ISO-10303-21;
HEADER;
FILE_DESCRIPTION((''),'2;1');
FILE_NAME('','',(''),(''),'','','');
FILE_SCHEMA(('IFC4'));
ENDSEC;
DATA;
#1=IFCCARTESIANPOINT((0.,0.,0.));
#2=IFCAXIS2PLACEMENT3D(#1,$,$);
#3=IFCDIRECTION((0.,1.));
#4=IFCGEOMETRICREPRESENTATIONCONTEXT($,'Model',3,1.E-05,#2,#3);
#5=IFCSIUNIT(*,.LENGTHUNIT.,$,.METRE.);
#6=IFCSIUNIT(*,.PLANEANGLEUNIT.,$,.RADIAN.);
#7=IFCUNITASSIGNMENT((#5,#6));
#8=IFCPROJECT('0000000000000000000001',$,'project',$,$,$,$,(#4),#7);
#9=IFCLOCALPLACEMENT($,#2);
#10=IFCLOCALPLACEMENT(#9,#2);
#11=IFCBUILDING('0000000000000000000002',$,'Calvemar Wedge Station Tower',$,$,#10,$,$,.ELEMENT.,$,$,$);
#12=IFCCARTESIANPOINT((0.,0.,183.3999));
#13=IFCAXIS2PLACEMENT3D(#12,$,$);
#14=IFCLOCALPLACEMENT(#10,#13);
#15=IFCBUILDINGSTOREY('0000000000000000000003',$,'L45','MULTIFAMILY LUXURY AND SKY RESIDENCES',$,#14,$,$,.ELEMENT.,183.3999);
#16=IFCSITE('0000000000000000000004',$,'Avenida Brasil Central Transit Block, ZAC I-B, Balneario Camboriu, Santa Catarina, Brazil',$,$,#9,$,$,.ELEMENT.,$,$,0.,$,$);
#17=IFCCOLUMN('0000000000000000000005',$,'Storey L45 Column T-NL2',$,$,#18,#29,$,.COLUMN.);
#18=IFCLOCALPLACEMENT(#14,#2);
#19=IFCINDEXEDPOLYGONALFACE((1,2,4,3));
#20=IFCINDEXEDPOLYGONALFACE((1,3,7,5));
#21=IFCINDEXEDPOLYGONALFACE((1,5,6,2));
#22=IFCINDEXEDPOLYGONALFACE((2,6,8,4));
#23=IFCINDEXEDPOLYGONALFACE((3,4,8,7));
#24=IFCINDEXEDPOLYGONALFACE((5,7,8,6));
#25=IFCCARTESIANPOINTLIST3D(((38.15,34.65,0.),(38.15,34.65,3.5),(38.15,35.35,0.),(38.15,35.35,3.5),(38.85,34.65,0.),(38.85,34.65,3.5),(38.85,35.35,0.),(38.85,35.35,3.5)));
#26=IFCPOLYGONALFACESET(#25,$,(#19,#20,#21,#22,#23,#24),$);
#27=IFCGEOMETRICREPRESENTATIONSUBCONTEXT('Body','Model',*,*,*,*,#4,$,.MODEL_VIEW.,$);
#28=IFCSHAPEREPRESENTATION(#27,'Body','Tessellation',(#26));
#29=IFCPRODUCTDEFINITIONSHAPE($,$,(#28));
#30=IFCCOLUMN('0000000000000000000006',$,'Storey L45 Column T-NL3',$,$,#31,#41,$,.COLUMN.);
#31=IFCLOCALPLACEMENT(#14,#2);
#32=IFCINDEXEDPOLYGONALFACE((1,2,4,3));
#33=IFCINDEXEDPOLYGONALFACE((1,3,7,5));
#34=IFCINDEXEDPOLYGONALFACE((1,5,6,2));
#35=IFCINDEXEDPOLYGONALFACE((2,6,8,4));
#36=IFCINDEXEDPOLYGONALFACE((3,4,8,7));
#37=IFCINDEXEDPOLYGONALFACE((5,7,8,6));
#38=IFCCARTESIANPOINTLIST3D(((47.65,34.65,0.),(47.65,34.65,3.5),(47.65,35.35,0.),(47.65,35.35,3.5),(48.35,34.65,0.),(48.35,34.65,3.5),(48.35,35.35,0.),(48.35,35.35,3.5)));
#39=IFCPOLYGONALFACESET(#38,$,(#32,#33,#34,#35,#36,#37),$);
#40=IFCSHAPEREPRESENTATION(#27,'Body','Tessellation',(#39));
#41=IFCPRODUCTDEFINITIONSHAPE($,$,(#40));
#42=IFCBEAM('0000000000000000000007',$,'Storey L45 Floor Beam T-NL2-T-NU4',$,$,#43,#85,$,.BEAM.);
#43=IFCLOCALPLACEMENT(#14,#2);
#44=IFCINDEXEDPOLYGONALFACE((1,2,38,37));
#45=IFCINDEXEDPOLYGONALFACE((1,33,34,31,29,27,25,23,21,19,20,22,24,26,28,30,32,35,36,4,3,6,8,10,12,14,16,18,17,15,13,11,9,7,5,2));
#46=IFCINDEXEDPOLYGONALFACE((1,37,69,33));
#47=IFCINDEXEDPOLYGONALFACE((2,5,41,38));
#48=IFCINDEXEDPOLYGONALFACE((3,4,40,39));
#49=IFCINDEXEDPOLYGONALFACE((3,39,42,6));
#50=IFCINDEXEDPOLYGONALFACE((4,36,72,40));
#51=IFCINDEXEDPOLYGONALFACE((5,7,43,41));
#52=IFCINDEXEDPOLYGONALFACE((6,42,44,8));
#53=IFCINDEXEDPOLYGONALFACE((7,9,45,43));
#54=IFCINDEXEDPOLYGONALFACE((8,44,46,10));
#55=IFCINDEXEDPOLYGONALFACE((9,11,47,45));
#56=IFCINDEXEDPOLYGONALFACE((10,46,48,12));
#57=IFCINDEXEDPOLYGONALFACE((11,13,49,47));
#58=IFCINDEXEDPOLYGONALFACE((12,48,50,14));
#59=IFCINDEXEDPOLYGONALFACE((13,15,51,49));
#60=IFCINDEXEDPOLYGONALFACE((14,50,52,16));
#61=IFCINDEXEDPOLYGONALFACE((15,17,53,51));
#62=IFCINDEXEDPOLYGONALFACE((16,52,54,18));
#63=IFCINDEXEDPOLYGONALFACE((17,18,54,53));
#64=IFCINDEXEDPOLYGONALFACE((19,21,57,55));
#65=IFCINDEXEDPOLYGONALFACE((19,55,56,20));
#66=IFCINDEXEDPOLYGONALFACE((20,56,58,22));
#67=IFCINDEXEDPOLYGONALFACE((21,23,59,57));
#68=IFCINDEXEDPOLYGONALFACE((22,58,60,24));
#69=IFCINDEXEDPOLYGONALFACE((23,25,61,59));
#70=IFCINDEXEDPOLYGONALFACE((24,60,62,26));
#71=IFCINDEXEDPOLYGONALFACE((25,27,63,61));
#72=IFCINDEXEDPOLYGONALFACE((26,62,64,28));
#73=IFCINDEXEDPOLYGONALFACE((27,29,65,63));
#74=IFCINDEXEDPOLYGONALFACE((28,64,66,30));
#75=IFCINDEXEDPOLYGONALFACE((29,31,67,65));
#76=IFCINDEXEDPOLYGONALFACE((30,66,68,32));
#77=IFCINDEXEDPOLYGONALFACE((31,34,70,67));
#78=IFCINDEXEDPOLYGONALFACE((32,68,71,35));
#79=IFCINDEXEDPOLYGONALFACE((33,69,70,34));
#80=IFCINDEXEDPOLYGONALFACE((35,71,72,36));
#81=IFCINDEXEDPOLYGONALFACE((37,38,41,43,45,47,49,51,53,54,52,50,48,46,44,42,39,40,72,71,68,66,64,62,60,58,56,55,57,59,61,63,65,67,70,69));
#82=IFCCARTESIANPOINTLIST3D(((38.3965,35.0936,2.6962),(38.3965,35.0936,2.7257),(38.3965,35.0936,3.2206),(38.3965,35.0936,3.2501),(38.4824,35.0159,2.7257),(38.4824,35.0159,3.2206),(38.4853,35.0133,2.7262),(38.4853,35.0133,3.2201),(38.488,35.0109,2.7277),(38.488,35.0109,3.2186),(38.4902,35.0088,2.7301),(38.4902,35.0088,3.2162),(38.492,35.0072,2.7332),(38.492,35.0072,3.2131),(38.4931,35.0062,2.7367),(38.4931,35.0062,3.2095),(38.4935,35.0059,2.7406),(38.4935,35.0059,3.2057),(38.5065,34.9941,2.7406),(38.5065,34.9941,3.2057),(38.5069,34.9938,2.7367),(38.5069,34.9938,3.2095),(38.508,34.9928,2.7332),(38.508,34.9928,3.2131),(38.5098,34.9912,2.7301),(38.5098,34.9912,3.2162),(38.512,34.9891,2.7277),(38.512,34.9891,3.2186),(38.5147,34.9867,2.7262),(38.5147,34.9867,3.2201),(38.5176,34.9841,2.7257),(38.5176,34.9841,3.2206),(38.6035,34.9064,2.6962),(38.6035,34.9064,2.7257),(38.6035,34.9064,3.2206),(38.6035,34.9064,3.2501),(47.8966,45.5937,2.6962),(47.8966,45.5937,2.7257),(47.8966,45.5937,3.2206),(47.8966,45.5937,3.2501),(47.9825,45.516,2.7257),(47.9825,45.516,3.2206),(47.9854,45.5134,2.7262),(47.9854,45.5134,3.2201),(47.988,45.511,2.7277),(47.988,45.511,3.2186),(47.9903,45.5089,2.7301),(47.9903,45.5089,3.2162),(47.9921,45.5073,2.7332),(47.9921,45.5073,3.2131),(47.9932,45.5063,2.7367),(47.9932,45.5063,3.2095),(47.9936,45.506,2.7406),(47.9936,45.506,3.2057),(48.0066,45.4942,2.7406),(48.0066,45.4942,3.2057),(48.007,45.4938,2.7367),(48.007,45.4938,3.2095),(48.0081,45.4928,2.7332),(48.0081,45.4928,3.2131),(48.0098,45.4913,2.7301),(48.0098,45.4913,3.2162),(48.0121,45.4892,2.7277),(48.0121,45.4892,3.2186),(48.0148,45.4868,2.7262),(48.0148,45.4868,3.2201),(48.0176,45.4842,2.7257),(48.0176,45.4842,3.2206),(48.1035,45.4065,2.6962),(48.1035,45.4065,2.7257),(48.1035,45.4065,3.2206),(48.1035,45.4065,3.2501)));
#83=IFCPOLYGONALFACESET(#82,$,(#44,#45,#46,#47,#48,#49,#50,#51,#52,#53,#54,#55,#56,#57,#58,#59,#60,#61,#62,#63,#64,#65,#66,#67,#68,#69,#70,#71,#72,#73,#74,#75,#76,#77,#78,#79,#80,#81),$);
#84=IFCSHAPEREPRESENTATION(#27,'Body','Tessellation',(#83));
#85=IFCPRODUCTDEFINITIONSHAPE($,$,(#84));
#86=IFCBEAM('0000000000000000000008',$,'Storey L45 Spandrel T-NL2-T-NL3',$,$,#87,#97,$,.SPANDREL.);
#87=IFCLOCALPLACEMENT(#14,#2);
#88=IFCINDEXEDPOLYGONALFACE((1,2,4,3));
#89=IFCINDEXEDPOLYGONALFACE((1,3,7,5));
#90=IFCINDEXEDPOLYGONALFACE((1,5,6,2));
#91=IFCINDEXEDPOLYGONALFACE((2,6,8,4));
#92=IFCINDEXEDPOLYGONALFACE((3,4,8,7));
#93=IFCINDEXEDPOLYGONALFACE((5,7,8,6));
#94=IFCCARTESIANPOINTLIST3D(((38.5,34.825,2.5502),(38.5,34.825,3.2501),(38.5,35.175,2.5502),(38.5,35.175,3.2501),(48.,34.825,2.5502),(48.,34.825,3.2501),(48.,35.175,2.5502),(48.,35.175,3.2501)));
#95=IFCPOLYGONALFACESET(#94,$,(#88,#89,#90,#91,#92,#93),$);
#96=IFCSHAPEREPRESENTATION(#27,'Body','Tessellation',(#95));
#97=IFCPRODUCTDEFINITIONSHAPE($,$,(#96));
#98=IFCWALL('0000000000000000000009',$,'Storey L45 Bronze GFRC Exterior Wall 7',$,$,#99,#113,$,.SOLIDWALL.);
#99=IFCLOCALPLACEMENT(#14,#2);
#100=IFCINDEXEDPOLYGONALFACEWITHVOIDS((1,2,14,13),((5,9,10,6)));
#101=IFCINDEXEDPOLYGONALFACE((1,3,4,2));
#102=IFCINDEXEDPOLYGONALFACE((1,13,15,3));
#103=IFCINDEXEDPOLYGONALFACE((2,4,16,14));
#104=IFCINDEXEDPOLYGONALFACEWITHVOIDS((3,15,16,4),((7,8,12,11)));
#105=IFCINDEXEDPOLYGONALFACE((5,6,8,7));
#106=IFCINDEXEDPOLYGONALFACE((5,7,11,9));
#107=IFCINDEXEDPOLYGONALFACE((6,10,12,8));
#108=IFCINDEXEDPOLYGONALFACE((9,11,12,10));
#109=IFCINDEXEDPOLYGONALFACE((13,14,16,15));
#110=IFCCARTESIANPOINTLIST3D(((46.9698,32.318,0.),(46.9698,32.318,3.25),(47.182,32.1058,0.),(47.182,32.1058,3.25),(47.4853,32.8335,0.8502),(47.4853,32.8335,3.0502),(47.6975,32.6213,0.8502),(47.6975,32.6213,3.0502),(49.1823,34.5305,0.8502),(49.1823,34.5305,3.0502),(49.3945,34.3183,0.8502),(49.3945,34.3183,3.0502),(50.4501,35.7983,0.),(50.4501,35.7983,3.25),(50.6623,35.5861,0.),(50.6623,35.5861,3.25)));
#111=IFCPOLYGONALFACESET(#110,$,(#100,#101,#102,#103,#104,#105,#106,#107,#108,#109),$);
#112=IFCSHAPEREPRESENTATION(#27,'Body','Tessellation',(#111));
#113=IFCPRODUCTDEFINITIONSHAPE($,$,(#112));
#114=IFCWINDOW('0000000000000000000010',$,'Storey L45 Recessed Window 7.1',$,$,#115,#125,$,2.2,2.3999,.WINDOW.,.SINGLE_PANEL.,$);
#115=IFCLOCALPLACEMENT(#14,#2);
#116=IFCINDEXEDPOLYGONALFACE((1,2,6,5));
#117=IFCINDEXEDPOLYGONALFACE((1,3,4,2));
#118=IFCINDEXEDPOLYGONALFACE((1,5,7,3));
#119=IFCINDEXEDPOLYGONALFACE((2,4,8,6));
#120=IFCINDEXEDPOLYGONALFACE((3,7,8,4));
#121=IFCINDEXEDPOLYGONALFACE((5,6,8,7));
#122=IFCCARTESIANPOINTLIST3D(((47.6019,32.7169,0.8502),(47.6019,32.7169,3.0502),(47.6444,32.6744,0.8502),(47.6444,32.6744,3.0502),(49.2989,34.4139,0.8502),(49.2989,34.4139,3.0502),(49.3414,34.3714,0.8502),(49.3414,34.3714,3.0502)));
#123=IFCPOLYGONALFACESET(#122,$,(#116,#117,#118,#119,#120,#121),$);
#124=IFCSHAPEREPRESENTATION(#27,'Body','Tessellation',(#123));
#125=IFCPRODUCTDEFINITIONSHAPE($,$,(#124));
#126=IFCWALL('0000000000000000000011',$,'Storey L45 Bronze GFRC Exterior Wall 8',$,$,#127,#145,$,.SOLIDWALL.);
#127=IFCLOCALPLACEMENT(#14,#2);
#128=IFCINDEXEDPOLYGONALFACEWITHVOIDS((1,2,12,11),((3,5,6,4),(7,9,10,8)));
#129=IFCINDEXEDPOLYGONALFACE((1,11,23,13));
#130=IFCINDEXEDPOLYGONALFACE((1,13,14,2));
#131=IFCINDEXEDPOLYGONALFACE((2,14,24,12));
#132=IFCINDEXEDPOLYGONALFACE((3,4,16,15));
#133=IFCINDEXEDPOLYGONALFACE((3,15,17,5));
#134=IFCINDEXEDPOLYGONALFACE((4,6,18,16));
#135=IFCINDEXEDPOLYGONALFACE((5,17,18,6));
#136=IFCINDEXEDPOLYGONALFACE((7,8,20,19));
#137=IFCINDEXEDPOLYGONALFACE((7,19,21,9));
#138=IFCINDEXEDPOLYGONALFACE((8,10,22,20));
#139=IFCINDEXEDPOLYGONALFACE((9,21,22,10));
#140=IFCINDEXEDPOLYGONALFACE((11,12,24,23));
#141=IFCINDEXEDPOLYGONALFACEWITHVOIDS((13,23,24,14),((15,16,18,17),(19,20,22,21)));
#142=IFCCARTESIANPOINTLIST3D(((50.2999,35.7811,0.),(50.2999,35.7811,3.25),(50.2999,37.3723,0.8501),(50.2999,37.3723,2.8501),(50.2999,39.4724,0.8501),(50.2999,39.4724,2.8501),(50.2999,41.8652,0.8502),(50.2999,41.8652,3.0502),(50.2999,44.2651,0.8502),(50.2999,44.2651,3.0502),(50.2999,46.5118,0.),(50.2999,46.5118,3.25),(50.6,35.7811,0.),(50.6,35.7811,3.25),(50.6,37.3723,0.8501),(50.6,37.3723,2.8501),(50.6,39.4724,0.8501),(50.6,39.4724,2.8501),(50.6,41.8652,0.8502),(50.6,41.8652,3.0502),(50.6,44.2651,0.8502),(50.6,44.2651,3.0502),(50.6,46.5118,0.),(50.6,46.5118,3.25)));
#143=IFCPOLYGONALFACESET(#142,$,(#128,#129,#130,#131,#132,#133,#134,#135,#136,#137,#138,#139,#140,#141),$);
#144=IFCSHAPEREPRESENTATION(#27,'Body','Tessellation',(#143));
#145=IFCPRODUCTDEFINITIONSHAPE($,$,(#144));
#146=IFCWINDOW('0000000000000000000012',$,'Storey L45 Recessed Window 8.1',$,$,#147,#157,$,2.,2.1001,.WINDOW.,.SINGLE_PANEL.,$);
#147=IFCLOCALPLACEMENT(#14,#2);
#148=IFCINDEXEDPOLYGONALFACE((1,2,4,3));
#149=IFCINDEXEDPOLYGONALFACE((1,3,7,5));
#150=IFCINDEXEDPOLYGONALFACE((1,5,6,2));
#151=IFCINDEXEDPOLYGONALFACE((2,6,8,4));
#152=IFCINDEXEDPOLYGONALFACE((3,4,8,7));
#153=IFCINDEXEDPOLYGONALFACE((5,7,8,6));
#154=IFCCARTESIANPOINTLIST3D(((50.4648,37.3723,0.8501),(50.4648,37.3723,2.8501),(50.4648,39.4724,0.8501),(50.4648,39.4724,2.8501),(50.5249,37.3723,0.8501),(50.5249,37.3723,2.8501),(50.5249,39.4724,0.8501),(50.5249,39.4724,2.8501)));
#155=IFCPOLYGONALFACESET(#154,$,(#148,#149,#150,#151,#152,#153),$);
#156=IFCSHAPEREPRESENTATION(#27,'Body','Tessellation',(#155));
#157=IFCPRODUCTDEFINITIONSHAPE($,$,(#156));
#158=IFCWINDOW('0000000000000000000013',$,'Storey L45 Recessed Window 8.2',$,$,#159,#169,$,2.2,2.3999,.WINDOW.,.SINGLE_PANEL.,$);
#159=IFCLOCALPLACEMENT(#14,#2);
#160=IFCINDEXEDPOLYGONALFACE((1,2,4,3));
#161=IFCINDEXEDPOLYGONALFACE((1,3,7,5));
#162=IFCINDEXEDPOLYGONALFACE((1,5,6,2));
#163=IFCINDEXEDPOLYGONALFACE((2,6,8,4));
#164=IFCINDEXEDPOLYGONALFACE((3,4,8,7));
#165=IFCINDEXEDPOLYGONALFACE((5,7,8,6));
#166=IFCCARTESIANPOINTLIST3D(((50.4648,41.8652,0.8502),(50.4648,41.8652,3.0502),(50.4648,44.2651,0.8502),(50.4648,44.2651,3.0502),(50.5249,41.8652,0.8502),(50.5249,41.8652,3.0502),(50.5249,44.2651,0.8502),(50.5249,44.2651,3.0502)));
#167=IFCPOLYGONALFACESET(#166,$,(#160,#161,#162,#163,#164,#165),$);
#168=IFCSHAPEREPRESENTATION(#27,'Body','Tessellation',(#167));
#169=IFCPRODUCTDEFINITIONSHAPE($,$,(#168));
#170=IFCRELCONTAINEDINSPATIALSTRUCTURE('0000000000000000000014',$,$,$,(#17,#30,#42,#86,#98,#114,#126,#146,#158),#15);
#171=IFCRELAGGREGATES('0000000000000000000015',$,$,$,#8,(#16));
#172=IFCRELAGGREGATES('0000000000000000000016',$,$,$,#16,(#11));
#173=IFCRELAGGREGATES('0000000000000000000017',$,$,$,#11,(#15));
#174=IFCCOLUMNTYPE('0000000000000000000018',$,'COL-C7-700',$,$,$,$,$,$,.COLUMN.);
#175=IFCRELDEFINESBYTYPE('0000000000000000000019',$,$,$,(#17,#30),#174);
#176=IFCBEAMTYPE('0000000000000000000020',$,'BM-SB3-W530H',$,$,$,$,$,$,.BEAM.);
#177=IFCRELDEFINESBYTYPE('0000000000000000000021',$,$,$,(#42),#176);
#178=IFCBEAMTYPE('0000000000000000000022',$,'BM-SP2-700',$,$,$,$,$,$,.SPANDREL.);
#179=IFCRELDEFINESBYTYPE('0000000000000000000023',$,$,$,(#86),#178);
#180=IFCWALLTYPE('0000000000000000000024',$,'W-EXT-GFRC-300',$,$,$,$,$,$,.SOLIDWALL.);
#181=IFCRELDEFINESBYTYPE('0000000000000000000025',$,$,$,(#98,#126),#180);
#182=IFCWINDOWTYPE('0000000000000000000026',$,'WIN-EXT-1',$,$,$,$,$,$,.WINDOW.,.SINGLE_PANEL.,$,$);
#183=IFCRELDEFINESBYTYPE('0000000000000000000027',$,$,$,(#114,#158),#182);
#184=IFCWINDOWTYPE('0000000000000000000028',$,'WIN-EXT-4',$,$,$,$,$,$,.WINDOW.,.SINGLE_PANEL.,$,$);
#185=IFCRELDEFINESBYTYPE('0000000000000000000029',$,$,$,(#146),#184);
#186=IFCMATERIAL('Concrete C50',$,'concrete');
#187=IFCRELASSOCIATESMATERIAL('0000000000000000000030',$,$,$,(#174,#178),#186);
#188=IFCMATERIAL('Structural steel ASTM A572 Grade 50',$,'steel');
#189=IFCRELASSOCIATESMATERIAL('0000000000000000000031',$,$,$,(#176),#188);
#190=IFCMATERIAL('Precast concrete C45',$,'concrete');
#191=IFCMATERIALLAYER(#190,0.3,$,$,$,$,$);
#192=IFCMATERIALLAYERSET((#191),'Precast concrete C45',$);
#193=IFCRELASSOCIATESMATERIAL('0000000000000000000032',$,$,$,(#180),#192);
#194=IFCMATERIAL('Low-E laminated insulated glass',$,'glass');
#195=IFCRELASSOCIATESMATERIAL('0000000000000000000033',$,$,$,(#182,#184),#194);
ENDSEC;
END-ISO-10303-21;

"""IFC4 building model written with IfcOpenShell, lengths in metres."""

from ifc_helpers import new_model, si_unit, direction, frame, frame_2d, origin, origin_2d, place, context, subcontext, project, spatial, rectangle, i_section, extrude, source, transform, mapped, material, layer, layer_set, material_profile, profile_set, type_object, element, fill, save


model = new_model("IFC4")

# Units and contexts
model_context = context("Model", 3, precision=1e-05, world=origin(), true_north=direction((0.0, 1.0)))
body_context = subcontext(model_context, "Body", "Model", "MODEL_VIEW")
ifc_project = project(units=[si_unit("LENGTHUNIT", "METRE"), si_unit("PLANEANGLEUNIT", "RADIAN")], contexts=[model_context])

# Site, building, storey
site_placement = place(None, origin())
site = spatial("IfcSite", under=ifc_project, at=site_placement, Name="Avenida Brasil Central Transit Block, ZAC I-B, Balneario Camboriu, Santa Catarina, Brazil", CompositionType="ELEMENT", RefElevation=0.0)
building_placement = place(site_placement, origin())
building = spatial("IfcBuilding", under=site, at=building_placement, Name="Calvemar Wedge Station Tower", CompositionType="ELEMENT")
storey_placement = place(building_placement, frame((0.0, 0.0, 183.3999)))
storey = spatial("IfcBuildingStorey", under=building, at=storey_placement, Name="L45", Description="MULTIFAMILY LUXURY AND SKY RESIDENCES", CompositionType="ELEMENT", Elevation=183.3999)

# Columns
ifc_material_1 = material(Name="Concrete C50", Category="concrete")
ifc_material_profile_1 = material_profile(ifc_material_1, rectangle(XDim=0.7, YDim=0.7, at=origin_2d()), Name="RC700x700")
ifc_profile_set_1 = profile_set([ifc_material_profile_1], Name="Concrete C50")
column_type = type_object("IfcColumnType", Name="COL-C7-700", PredefinedType="COLUMN", material=ifc_profile_set_1)
shared_shape_1 = source(origin(), body_context, "Body", "SweptSolid", [
    extrude(rectangle(XDim=0.7, YDim=0.7, at=origin_2d()), origin(), (0.0, 0.0, 1.0), 3.5),
])
for number, where, z_axis, x_axis, name in (
    (1, (38.5, 35.0, 0.0), (0.0, 0.0, 1.0), (1.0, 0.0, 0.0), "Storey L45 Column T-NL2"),
    (2, (48.0, 35.0, 0.0), (0.0, 0.0, 1.0), (1.0, 0.0, 0.0), "Storey L45 Column T-NL3"),
):
    element("IfcColumn", number, at=place(storey_placement, frame(where, z_axis=z_axis, x_axis=x_axis)), inside=storey, type_object=column_type, Name=name, PredefinedType="COLUMN", context=body_context, shape_type="MappedRepresentation", body=[
        mapped(shared_shape_1, transform((0.0, 0.0, 0.0), scale=1.0)),
    ])

# Beams
ifc_material_2 = material(Name="Structural steel ASTM A572 Grade 50", Category="steel")
ifc_material_profile_2 = material_profile(ifc_material_2, i_section(OverallWidth=0.2791, OverallDepth=0.554, WebThickness=0.0176, FlangeThickness=0.0295, FilletRadius=0.0149, at=origin_2d()), Name="W530x196")
ifc_profile_set_2 = profile_set([ifc_material_profile_2], Name="Structural steel ASTM A572 Grade 50")
beam_type_1 = type_object("IfcBeamType", Name="BM-SB3-W530H", PredefinedType="BEAM", material=ifc_profile_set_2)
shared_shape_2 = source(origin(), body_context, "Body", "SweptSolid", [
    extrude(i_section(OverallWidth=0.2791, OverallDepth=0.554, WebThickness=0.0176, FlangeThickness=0.0295, FilletRadius=0.0149, at=origin_2d()), origin(), (0.0, 0.0, 1.0), 14.1599),
])
beam_1_placement = place(storey_placement, frame((38.5, 35.0, 2.9731), z_axis=(0.670913, 0.741536, 0.0), x_axis=(-0.741536, 0.670913, 0.0)))
element("IfcBeam", 3, at=beam_1_placement, inside=storey, type_object=beam_type_1, Name="Storey L45 Floor Beam T-NL2-T-NU4", PredefinedType="BEAM", context=body_context, shape_type="MappedRepresentation", body=[
    mapped(shared_shape_2, transform((0.0, 0.0, 0.0), scale=1.0)),
])
ifc_material_profile_3 = material_profile(ifc_material_1, rectangle(XDim=0.3501, YDim=0.7, at=origin_2d()), Name="RC350x700")
ifc_profile_set_3 = profile_set([ifc_material_profile_3], Name="Concrete C50")
beam_type_2 = type_object("IfcBeamType", Name="BM-SP2-700", PredefinedType="SPANDREL", material=ifc_profile_set_3)
shared_shape_3 = source(origin(), body_context, "Body", "SweptSolid", [
    extrude(rectangle(XDim=0.3501, YDim=0.7, at=origin_2d()), origin(), (0.0, 0.0, 1.0), 9.5),
])
beam_2_placement = place(storey_placement, frame((38.5, 35.0, 2.9001), z_axis=(1.0, 0.0, 0.0), x_axis=(0.0, 1.0, 0.0)))
element("IfcBeam", 4, at=beam_2_placement, inside=storey, type_object=beam_type_2, Name="Storey L45 Spandrel T-NL2-T-NL3", PredefinedType="SPANDREL", context=body_context, shape_type="MappedRepresentation", body=[
    mapped(shared_shape_3, transform((0.0, 0.0, 0.0), scale=1.0)),
])

# Wall, opening, window
ifc_material_3 = material(Name="Precast concrete C45", Category="concrete")
ifc_layer_1 = layer(ifc_material_3, 0.3)
ifc_layer_set_1 = layer_set([ifc_layer_1], Name="Precast concrete C45")
wall_type_1 = type_object("IfcWallType", Name="W-EXT-GFRC-300", PredefinedType="SOLIDWALL", material=ifc_layer_set_1)
wall_1_placement = place(storey_placement, frame((47.0759, 32.2119, 0.0), z_axis=(0.0, 0.0, 1.0), x_axis=(0.707107, 0.707107, 0.0)))
wall_1 = element("IfcWall", 5, at=wall_1_placement, inside=storey, type_object=wall_type_1, Name="Storey L45 Bronze GFRC Exterior Wall 7", PredefinedType="SOLIDWALL", context=body_context, shape_type="SweptSolid", body=[
    extrude(rectangle(XDim=4.9219, YDim=0.3, at=frame_2d((2.4609, 0.0))), origin(), (0.0, 0.0, 1.0), 3.25),
])
shared_shape_4 = source(origin(), body_context, "Body", "SweptSolid", [
    extrude(rectangle(XDim=2.3999, YDim=2.2, at=frame_2d((1.2, 1.1001))), frame((0.0, 0.1602, 0.0), z_axis=(0.0, -1.0, 0.0), x_axis=(1.0, 0.0, 0.0)), (0.0, 0.0, 1.0), 0.3201),
])
opening_1_placement = place(wall_1_placement, frame((0.729, 0.0, 0.8501)))
opening_1 = element("IfcOpeningElement", 6, at=opening_1_placement, cuts=wall_1, PredefinedType="OPENING", context=body_context, shape_type="MappedRepresentation", body=[
    mapped(shared_shape_4, transform((0.0, 0.0, 0.0), scale=1.0)),
])
ifc_material_4 = material(Name="Low-E laminated insulated glass", Category="glass")
window_type_1 = type_object("IfcWindowType", Name="WIN-EXT-1", PartitioningType="SINGLE_PANEL", PredefinedType="WINDOW", material=ifc_material_4)
shared_shape_5 = source(origin(), body_context, "Body", "SweptSolid", [
    extrude(rectangle(XDim=2.3999, YDim=2.2, at=frame_2d((1.2, 1.1001))), frame((0.0, -0.0149, 0.0), z_axis=(0.0, -1.0, 0.0), x_axis=(1.0, 0.0, 0.0)), (0.0, 0.0, 1.0), 0.0601),
])
window_1_placement = place(opening_1_placement, origin())
window_1 = element("IfcWindow", 7, at=window_1_placement, inside=storey, type_object=window_type_1, Name="Storey L45 Recessed Window 7.1", OverallHeight=2.2, OverallWidth=2.3999, PartitioningType="SINGLE_PANEL", PredefinedType="WINDOW", context=body_context, shape_type="MappedRepresentation", body=[
    mapped(shared_shape_5, transform((0.0, 0.0, 0.0), scale=1.0)),
])
fill(opening_1, window_1)

# Wall, openings, windows
wall_2_placement = place(storey_placement, frame((50.45, 35.7812, 0.0), z_axis=(0.0, 0.0, 1.0), x_axis=(0.0, 1.0, 0.0)))
wall_2 = element("IfcWall", 8, at=wall_2_placement, inside=storey, type_object=wall_type_1, Name="Storey L45 Bronze GFRC Exterior Wall 8", PredefinedType="SOLIDWALL", context=body_context, shape_type="SweptSolid", body=[
    extrude(rectangle(XDim=10.7307, YDim=0.3, at=frame_2d((5.3652, 0.0))), origin(), (0.0, 0.0, 1.0), 3.25),
])
shared_shape_6 = source(origin(), body_context, "Body", "SweptSolid", [
    extrude(rectangle(XDim=2.1001, YDim=2.0, at=frame_2d((1.05, 1.0))), frame((0.0, 0.1602, 0.0), z_axis=(0.0, -1.0, 0.0), x_axis=(1.0, 0.0, 0.0)), (0.0, 0.0, 1.0), 0.3201),
])
opening_2_placement = place(wall_2_placement, frame((1.5911, 0.0, 0.8501)))
opening_2 = element("IfcOpeningElement", 9, at=opening_2_placement, cuts=wall_2, PredefinedType="OPENING", context=body_context, shape_type="MappedRepresentation", body=[
    mapped(shared_shape_6, transform((0.0, 0.0, 0.0), scale=1.0)),
])
opening_3_placement = place(wall_2_placement, frame((6.084, 0.0, 0.8501)))
opening_3 = element("IfcOpeningElement", 10, at=opening_3_placement, cuts=wall_2, PredefinedType="OPENING", context=body_context, shape_type="MappedRepresentation", body=[
    mapped(shared_shape_4, transform((0.0, 0.0, 0.0), scale=1.0)),
])
window_type_2 = type_object("IfcWindowType", Name="WIN-EXT-4", PartitioningType="SINGLE_PANEL", PredefinedType="WINDOW", material=ifc_material_4)
shared_shape_7 = source(origin(), body_context, "Body", "SweptSolid", [
    extrude(rectangle(XDim=2.1001, YDim=2.0, at=frame_2d((1.05, 1.0))), frame((0.0, -0.0149, 0.0), z_axis=(0.0, -1.0, 0.0), x_axis=(1.0, 0.0, 0.0)), (0.0, 0.0, 1.0), 0.0601),
])
window_2_placement = place(opening_2_placement, origin())
window_2 = element("IfcWindow", 11, at=window_2_placement, inside=storey, type_object=window_type_2, Name="Storey L45 Recessed Window 8.1", OverallHeight=2.0, OverallWidth=2.1001, PartitioningType="SINGLE_PANEL", PredefinedType="WINDOW", context=body_context, shape_type="MappedRepresentation", body=[
    mapped(shared_shape_7, transform((0.0, 0.0, 0.0), scale=1.0)),
])
fill(opening_2, window_2)
window_3_placement = place(opening_3_placement, origin())
window_3 = element("IfcWindow", 12, at=window_3_placement, inside=storey, type_object=window_type_1, Name="Storey L45 Recessed Window 8.2", OverallHeight=2.2, OverallWidth=2.3999, PartitioningType="SINGLE_PANEL", PredefinedType="WINDOW", context=body_context, shape_type="MappedRepresentation", body=[
    mapped(shared_shape_5, transform((0.0, 0.0, 0.0), scale=1.0)),
])
fill(opening_3, window_3)

save(model, "model.ifc")
